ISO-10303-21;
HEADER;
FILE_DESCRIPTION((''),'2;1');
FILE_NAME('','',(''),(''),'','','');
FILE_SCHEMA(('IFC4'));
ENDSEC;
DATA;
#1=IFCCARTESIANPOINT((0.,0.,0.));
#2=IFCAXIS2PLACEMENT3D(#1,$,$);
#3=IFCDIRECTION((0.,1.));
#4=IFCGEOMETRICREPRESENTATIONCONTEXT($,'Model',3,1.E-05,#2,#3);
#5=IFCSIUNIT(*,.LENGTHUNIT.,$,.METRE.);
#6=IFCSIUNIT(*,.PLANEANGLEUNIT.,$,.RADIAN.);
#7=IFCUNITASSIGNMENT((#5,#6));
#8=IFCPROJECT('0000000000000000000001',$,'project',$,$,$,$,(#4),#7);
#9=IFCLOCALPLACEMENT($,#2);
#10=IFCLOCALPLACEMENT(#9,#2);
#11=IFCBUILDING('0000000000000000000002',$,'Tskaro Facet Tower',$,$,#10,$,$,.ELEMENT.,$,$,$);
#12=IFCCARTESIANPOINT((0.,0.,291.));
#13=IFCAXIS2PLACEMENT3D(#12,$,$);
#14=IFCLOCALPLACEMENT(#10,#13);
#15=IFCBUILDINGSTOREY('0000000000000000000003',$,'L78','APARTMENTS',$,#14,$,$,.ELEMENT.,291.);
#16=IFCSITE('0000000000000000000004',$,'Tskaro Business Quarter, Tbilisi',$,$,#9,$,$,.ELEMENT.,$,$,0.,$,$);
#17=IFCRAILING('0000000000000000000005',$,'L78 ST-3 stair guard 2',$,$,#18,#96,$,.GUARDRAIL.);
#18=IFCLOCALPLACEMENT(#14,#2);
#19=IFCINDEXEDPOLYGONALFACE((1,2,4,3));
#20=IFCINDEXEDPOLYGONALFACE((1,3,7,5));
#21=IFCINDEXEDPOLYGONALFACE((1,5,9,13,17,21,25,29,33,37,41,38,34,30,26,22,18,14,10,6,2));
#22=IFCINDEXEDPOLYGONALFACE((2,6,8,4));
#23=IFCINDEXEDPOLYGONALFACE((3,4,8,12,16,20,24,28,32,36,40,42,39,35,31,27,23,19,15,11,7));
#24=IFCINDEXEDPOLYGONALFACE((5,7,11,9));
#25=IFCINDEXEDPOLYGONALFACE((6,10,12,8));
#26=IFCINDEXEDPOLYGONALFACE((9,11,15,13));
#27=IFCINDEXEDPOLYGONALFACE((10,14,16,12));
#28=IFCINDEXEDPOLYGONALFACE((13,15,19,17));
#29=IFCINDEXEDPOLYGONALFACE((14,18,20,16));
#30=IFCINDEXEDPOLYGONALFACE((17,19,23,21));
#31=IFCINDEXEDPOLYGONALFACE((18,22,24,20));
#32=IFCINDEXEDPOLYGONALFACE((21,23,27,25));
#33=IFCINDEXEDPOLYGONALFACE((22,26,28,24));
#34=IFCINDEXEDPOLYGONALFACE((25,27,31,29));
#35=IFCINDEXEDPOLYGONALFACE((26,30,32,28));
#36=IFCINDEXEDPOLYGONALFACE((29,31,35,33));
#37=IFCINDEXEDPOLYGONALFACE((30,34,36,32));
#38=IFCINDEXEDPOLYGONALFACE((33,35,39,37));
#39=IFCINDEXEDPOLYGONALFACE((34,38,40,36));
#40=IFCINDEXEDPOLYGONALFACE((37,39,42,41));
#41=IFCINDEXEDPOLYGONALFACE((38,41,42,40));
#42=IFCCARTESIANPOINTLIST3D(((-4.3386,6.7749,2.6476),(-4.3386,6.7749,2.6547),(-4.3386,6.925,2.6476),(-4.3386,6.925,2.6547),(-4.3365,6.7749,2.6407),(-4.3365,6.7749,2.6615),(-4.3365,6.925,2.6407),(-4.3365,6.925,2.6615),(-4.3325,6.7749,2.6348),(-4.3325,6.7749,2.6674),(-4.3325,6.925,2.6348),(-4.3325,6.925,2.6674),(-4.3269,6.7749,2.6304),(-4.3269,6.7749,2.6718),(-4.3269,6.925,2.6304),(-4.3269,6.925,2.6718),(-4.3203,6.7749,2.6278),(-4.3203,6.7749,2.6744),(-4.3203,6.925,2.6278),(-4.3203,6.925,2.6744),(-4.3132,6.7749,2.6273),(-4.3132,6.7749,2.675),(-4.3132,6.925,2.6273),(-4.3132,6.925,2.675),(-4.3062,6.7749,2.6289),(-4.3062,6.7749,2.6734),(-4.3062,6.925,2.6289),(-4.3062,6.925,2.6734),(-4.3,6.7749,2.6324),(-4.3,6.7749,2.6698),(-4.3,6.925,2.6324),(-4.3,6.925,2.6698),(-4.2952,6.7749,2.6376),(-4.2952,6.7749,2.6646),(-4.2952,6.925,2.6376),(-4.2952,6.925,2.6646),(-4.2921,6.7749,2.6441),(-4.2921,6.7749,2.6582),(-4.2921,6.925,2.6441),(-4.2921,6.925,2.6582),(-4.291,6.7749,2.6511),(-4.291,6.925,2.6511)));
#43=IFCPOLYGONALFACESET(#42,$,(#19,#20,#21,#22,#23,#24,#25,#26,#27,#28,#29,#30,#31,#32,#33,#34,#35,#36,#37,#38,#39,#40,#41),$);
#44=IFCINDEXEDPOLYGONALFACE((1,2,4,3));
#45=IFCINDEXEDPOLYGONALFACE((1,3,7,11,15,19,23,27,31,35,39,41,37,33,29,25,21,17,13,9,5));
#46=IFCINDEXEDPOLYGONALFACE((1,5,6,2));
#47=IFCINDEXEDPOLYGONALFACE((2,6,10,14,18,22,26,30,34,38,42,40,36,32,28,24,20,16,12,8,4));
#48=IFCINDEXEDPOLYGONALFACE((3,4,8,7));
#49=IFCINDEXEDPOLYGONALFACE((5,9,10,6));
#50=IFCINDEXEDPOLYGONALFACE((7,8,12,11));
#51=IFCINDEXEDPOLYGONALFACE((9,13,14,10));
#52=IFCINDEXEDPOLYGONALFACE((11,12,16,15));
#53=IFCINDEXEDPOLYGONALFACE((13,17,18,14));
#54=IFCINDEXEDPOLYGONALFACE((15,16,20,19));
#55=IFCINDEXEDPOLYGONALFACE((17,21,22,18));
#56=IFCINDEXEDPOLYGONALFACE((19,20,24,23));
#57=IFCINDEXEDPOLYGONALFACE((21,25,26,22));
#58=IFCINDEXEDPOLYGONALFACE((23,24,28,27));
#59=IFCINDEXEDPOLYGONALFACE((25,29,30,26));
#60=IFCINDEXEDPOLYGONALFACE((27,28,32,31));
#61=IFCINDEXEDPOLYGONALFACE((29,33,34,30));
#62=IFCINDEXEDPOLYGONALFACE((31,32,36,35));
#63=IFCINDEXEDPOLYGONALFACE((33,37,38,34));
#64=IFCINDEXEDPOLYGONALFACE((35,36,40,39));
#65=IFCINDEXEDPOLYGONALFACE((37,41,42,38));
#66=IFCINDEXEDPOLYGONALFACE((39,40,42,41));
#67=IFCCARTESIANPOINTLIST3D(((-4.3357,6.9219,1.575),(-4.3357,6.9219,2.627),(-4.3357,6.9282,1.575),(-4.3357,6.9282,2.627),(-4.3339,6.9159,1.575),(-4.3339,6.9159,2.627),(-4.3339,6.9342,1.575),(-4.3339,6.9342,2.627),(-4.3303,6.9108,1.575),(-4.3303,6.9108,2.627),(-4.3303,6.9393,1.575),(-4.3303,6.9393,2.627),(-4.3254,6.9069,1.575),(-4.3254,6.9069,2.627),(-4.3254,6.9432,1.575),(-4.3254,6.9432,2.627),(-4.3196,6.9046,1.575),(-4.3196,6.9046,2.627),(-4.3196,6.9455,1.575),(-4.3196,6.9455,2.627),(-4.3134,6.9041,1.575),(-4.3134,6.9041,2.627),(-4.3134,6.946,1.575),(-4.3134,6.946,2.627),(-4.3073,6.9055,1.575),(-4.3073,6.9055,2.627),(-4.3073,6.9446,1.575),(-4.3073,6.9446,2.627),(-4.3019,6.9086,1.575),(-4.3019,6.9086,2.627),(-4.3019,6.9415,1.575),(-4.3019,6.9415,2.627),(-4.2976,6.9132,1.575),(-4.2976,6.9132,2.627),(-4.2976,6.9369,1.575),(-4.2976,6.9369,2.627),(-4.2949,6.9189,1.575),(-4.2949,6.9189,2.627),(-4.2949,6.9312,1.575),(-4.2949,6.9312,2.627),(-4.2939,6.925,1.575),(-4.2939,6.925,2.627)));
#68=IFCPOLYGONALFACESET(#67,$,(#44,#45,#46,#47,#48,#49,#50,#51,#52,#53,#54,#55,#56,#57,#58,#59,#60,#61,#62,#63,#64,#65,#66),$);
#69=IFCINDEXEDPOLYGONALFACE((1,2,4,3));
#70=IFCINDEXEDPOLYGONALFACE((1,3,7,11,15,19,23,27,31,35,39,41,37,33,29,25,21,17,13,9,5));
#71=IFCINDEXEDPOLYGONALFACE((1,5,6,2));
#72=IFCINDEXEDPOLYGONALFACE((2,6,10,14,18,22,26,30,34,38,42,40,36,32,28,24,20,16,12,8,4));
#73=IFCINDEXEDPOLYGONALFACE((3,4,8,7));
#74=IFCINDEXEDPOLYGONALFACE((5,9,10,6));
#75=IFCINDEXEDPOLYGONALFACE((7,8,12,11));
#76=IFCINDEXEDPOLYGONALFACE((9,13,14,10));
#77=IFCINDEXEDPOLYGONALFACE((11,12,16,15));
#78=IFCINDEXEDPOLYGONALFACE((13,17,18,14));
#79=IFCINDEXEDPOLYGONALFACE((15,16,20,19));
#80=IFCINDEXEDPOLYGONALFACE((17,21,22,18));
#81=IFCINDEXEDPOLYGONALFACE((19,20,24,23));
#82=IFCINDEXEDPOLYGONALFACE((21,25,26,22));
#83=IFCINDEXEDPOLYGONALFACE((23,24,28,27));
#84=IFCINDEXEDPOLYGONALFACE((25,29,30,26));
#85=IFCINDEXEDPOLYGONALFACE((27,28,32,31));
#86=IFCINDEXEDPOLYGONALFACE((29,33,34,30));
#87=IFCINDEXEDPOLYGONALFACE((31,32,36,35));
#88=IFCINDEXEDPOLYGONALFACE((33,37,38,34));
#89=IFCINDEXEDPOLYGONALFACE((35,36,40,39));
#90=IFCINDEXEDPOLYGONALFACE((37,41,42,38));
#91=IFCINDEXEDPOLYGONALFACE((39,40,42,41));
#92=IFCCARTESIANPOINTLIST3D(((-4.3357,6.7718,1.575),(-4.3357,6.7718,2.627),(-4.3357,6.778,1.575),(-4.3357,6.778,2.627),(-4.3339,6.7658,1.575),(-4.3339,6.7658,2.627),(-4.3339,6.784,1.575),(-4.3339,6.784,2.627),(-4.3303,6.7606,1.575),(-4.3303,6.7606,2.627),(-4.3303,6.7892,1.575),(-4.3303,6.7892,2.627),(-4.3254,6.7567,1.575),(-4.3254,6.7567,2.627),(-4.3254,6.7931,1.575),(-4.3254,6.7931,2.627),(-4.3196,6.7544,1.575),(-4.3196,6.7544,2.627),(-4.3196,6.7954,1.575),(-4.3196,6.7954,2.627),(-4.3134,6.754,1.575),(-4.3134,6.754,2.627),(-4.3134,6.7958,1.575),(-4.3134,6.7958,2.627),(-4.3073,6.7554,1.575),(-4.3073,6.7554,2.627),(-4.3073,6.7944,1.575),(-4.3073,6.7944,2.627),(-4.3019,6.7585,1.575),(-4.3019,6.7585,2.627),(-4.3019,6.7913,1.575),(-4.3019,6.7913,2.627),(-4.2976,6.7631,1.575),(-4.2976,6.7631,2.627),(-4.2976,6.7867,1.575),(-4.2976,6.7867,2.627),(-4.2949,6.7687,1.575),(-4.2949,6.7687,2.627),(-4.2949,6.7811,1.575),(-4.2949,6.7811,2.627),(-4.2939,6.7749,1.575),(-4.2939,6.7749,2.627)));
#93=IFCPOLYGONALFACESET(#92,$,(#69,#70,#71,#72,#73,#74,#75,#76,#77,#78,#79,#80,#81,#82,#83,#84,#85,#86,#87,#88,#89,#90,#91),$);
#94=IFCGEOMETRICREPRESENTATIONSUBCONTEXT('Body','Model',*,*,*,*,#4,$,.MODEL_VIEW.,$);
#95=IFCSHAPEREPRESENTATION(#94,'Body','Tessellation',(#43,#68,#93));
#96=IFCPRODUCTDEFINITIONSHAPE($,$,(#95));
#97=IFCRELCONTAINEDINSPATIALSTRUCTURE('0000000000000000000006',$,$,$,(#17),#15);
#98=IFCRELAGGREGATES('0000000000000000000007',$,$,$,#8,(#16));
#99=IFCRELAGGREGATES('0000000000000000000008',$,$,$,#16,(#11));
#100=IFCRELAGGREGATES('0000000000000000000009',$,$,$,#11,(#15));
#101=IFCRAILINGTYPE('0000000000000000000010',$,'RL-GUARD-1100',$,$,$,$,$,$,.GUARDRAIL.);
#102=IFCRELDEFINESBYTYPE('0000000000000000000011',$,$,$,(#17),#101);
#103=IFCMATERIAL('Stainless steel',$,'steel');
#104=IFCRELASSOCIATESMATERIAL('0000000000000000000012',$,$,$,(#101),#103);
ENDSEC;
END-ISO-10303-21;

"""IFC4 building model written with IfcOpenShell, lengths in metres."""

from ifc_helpers import new_model, si_unit, direction, frame, origin, origin_2d, place, context, subcontext, project, spatial, circle, extrude, material, type_object, element, save


model = new_model("IFC4")

# Units and contexts
model_context = context("Model", 3, precision=1e-05, world=origin(), true_north=direction((0.0, 1.0)))
body_context = subcontext(model_context, "Body", "Model", "MODEL_VIEW")
ifc_project = project(units=[si_unit("LENGTHUNIT", "METRE"), si_unit("PLANEANGLEUNIT", "RADIAN")], contexts=[model_context])

# Site, building, storey
site_placement = place(None, origin())
site = spatial("IfcSite", under=ifc_project, at=site_placement, Name="Tskaro Business Quarter, Tbilisi", CompositionType="ELEMENT", RefElevation=0.0)
building_placement = place(site_placement, origin())
building = spatial("IfcBuilding", under=site, at=building_placement, Name="Tskaro Facet Tower", CompositionType="ELEMENT")
storey_placement = place(building_placement, frame((0.0, 0.0, 291.0)))
storey = spatial("IfcBuildingStorey", under=building, at=storey_placement, Name="L78", Description="APARTMENTS", CompositionType="ELEMENT", Elevation=291.0)

# Railing
ifc_material_1 = material(Name="Stainless steel", Category="steel")
railing_type_1 = type_object("IfcRailingType", Name="RL-GUARD-1100", PredefinedType="GUARDRAIL", material=ifc_material_1)
railing_1_placement = place(storey_placement, frame((-4.3149, 6.925, 1.575)))
element("IfcRailing", 1, at=railing_1_placement, inside=storey, type_object=railing_type_1, Name="L78 ST-3 stair guard 2", PredefinedType="GUARDRAIL", context=body_context, shape_type="SweptSolid", body=[
    extrude(circle(Radius=0.0239, at=origin_2d()), frame((0.0, 0.0, 1.0762), z_axis=(0.0, -1.0, 0.0), x_axis=(1.0, 0.0, 0.0)), (0.0, 0.0, 1.0), 0.1501),
    extrude(circle(Radius=0.021, at=origin_2d()), origin(), (0.0, 0.0, 1.0), 1.052),
    extrude(circle(Radius=0.021, at=origin_2d()), frame((0.0, -0.1501, 0.0)), (0.0, 0.0, 1.0), 1.052),
])

save(model, "model.ifc")
